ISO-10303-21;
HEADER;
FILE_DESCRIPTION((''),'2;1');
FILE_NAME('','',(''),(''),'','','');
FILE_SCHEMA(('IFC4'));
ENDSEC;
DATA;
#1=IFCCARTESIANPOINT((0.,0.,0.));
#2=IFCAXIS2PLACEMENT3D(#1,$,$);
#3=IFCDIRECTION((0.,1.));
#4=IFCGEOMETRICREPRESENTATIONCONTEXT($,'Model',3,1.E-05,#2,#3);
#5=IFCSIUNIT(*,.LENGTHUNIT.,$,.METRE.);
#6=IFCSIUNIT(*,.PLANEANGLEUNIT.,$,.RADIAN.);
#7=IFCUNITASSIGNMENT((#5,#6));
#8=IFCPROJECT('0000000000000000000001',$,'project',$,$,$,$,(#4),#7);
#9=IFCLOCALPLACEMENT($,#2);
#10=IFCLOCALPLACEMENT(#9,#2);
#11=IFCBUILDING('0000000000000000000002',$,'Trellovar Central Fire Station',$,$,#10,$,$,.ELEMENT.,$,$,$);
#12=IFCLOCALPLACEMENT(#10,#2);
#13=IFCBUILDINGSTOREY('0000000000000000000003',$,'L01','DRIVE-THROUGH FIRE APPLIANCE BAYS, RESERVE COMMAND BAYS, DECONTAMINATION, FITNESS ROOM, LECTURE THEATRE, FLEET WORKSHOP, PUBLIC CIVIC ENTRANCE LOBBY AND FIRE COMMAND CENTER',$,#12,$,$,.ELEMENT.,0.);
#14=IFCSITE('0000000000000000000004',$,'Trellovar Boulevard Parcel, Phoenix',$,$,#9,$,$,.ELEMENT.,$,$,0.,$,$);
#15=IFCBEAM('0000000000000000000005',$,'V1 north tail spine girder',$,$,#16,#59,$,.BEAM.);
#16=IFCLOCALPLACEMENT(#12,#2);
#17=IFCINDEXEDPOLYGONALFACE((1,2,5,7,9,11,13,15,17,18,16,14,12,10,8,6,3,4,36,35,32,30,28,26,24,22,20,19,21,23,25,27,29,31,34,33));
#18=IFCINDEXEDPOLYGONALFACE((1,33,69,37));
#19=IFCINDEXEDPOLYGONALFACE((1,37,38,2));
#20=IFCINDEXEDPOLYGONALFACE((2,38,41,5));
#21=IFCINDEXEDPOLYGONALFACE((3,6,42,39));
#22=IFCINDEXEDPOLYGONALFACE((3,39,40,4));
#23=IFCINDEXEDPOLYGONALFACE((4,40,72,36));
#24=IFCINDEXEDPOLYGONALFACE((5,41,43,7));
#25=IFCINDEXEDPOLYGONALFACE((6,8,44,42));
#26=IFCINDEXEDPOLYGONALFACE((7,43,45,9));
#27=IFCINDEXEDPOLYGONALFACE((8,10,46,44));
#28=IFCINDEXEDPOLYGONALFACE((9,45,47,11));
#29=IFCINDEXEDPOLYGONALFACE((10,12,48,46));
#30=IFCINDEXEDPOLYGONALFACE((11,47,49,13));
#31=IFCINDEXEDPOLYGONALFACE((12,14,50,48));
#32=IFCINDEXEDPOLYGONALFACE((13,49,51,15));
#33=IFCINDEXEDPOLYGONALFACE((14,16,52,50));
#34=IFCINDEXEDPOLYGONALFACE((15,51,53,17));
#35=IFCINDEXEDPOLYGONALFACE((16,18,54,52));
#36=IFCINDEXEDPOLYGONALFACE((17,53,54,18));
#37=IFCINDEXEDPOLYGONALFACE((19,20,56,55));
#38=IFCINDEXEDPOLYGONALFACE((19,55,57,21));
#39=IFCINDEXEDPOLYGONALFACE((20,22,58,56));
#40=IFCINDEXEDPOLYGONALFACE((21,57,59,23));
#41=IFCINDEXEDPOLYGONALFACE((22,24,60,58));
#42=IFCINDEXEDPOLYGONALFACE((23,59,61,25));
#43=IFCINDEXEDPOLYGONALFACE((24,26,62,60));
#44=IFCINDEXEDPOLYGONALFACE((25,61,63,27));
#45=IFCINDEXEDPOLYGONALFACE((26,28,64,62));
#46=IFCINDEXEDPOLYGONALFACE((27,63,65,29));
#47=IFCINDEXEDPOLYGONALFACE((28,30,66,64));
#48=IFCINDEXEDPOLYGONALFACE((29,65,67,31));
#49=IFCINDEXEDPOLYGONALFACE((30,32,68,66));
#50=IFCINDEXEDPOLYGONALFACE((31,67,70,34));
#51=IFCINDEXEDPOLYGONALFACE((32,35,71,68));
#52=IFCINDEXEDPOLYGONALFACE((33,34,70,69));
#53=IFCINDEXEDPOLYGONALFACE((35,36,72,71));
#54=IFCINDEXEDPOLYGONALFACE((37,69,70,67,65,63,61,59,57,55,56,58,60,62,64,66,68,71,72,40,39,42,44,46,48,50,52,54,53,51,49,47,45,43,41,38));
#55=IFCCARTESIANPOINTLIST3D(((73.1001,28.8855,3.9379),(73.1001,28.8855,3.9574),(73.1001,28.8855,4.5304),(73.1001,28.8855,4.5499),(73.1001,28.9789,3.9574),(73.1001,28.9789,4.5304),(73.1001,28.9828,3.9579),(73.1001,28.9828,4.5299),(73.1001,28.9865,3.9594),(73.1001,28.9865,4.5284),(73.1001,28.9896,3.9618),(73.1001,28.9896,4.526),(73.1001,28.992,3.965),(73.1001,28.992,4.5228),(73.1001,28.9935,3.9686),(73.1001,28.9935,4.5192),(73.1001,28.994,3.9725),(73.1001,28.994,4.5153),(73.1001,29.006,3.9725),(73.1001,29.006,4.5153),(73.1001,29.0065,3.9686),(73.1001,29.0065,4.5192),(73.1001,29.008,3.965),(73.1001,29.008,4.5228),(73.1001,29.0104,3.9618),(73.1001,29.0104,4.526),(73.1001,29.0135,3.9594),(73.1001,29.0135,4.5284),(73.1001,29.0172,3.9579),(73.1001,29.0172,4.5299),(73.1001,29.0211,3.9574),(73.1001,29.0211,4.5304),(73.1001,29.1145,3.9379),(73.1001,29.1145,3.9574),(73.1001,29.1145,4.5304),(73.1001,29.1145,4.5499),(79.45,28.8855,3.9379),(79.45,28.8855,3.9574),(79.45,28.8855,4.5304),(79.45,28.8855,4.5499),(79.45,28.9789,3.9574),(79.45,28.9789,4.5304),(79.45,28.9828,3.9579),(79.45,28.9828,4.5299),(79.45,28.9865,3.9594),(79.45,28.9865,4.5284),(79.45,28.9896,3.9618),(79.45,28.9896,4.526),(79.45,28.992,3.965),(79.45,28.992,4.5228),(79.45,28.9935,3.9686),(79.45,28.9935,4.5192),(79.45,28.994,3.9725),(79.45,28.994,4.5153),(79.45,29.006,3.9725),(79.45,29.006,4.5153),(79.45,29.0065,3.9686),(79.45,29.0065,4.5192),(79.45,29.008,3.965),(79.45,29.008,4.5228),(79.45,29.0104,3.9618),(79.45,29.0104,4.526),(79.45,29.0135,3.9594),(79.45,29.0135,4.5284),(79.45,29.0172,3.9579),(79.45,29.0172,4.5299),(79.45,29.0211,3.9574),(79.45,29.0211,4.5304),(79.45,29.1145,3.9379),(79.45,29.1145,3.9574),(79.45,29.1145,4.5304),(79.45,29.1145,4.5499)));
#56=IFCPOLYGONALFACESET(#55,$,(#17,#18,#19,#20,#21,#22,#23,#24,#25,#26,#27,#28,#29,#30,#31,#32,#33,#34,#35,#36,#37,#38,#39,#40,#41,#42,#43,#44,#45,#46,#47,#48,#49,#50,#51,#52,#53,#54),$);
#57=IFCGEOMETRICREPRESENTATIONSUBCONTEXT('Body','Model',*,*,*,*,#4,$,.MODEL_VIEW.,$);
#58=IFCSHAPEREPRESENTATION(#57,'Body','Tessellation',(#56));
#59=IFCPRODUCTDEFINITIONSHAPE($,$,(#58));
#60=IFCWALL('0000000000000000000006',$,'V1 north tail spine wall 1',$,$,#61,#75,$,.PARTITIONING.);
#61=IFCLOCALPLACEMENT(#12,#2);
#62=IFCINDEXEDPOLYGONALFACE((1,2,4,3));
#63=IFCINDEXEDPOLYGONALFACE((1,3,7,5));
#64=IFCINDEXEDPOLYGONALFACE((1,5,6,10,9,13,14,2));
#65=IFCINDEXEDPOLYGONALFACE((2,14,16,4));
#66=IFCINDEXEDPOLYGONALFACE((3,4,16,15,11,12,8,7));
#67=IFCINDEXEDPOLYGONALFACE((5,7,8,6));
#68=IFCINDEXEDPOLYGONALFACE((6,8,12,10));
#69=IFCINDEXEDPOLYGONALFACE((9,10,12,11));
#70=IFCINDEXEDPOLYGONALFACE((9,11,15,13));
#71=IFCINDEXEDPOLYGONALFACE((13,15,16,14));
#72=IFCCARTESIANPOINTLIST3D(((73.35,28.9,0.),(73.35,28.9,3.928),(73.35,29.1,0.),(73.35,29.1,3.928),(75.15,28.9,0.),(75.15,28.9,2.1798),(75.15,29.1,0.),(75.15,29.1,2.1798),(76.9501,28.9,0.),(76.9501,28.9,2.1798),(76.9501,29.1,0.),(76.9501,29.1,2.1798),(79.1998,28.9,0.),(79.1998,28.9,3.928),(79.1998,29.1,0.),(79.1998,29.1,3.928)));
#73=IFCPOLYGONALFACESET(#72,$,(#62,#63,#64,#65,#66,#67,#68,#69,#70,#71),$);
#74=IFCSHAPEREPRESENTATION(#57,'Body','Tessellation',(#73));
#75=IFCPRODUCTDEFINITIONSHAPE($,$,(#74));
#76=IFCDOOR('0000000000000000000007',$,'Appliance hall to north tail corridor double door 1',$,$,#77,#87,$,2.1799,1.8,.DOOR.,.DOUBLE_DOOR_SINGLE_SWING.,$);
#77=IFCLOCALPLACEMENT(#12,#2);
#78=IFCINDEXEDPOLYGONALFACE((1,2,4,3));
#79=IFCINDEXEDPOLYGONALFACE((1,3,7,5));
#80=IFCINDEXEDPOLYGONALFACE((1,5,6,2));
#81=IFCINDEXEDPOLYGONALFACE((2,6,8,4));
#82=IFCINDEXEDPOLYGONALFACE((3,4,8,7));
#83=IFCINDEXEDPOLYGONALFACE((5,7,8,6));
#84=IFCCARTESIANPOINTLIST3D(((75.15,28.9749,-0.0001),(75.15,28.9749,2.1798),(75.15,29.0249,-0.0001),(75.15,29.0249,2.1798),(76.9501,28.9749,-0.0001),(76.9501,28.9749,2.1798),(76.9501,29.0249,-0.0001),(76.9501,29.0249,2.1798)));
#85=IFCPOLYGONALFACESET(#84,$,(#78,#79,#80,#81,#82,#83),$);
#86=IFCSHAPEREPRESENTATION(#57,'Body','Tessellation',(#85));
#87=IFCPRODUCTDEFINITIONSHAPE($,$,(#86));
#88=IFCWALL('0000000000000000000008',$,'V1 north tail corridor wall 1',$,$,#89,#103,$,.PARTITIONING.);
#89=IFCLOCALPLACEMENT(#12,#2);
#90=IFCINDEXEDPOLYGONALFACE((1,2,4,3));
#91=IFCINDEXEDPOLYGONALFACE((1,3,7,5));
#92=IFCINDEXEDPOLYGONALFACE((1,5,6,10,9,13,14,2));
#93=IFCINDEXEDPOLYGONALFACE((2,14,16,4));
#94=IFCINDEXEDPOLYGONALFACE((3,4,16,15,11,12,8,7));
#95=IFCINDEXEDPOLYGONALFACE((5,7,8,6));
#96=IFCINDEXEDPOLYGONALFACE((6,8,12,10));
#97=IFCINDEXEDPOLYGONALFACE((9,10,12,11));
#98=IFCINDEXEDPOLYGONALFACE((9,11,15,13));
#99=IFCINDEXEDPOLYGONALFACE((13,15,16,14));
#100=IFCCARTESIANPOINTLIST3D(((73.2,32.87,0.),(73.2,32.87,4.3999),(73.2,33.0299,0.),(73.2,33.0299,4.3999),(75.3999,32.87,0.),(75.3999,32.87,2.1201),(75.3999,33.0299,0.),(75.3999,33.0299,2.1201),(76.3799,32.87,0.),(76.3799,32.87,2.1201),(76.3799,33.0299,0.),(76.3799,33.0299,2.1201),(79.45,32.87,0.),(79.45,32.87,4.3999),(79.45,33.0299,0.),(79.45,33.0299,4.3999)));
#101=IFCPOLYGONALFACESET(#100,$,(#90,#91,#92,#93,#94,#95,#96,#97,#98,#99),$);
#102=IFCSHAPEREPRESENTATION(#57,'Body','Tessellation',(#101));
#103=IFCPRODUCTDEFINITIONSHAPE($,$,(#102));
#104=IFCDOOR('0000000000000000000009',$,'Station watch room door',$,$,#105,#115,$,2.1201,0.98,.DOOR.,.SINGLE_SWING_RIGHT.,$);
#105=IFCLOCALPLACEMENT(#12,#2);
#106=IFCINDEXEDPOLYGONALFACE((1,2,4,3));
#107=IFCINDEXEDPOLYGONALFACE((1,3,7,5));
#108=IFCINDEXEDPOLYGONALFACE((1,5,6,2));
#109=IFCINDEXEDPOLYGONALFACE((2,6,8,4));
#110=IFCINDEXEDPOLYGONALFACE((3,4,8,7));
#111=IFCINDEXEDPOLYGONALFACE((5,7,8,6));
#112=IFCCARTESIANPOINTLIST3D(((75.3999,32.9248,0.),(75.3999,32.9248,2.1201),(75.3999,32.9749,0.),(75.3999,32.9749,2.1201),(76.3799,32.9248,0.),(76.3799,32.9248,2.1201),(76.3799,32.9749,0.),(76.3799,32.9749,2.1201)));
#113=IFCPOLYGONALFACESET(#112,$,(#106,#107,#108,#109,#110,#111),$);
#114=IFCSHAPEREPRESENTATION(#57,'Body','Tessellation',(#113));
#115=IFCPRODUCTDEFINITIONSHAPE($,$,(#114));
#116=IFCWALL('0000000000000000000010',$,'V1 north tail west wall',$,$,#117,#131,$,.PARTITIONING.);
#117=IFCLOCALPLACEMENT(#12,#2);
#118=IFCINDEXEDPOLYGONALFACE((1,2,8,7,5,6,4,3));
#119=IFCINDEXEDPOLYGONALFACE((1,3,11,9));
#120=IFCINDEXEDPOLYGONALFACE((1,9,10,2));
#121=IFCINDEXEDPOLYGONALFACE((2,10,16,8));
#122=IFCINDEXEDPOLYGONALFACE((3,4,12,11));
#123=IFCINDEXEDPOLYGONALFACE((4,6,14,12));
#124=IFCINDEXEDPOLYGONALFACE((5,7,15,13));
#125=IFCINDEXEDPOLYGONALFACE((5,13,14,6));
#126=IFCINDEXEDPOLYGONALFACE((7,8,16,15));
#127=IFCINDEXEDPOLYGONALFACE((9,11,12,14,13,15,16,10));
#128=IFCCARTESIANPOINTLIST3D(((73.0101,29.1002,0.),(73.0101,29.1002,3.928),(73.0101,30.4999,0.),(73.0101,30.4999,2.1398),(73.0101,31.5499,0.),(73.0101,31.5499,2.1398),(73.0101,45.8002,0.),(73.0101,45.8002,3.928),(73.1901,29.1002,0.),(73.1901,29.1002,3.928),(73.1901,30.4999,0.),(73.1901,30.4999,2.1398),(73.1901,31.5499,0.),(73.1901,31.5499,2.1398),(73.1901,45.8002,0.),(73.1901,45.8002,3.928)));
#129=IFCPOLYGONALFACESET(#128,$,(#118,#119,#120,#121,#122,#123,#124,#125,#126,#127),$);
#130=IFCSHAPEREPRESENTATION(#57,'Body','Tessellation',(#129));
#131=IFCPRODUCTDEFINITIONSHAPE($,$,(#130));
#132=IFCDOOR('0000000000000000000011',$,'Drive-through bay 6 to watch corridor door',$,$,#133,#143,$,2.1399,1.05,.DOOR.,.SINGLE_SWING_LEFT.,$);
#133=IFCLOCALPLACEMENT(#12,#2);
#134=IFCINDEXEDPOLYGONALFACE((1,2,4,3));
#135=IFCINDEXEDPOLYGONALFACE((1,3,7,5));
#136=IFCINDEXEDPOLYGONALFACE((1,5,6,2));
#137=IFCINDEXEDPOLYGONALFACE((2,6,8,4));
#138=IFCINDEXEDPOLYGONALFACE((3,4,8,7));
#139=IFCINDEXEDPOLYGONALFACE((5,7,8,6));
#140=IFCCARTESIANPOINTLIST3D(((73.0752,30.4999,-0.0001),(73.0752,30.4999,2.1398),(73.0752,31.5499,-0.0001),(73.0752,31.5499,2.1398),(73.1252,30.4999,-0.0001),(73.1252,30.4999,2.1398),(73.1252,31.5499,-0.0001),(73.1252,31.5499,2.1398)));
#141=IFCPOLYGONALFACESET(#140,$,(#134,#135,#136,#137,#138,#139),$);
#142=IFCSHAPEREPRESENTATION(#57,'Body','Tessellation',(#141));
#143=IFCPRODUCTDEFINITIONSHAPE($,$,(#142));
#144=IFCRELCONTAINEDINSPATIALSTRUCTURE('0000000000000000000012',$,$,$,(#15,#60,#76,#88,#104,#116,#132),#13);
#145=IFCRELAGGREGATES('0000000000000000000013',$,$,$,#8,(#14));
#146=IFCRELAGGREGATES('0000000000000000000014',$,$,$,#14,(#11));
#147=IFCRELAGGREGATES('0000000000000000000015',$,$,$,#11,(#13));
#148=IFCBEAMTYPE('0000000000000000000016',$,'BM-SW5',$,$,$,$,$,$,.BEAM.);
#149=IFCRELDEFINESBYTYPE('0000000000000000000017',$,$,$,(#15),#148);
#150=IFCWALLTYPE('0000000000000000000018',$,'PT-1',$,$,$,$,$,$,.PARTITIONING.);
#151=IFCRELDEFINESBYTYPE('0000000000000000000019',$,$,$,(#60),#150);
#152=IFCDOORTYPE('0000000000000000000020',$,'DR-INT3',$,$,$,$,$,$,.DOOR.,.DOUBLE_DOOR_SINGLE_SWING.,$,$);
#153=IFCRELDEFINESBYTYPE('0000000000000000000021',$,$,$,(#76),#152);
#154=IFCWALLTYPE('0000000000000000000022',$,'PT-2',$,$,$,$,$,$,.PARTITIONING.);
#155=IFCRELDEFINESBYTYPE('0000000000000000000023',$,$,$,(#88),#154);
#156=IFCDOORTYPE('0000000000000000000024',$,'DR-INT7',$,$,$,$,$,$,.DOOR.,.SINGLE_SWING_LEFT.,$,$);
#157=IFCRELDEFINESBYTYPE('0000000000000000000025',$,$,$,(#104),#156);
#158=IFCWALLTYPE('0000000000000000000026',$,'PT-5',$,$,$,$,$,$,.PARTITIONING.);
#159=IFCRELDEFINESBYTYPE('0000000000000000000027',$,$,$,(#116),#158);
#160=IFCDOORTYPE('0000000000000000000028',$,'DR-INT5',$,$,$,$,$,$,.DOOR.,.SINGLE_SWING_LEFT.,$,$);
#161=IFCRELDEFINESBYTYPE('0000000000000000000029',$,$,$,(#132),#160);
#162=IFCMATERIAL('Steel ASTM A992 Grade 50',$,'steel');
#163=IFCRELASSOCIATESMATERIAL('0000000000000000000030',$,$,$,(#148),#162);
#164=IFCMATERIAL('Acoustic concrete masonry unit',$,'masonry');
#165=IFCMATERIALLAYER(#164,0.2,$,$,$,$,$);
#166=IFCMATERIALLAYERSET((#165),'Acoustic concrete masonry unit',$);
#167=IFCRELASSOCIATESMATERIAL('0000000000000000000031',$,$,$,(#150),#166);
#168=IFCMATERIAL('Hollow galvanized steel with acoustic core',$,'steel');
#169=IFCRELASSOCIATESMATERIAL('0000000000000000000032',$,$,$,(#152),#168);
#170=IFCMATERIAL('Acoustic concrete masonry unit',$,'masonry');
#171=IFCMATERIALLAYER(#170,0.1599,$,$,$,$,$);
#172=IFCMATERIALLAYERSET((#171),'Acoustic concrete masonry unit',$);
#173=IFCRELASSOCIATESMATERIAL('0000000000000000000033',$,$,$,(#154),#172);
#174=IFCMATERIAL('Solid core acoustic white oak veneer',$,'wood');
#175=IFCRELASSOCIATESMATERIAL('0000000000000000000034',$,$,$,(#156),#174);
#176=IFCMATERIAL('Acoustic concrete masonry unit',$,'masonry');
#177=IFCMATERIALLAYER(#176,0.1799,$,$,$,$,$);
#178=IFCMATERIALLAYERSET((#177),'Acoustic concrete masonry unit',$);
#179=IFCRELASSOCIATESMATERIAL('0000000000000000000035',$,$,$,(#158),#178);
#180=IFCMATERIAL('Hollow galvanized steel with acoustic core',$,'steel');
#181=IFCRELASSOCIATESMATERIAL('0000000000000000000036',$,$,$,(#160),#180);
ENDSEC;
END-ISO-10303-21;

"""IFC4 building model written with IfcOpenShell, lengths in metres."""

from ifc_helpers import new_model, si_unit, direction, frame, frame_2d, origin, origin_2d, place, context, subcontext, project, spatial, rectangle, i_section, extrude, material, layer, layer_set, material_profile, profile_set, type_object, element, fill, save


model = new_model("IFC4")

# Units and contexts
model_context = context("Model", 3, precision=1e-05, world=origin(), true_north=direction((0.0, 1.0)))
body_context = subcontext(model_context, "Body", "Model", "MODEL_VIEW")
ifc_project = project(units=[si_unit("LENGTHUNIT", "METRE"), si_unit("PLANEANGLEUNIT", "RADIAN")], contexts=[model_context])

# Site, building, storey
site_placement = place(None, origin())
site = spatial("IfcSite", under=ifc_project, at=site_placement, Name="Trellovar Boulevard Parcel, Phoenix", CompositionType="ELEMENT", RefElevation=0.0)
building_placement = place(site_placement, origin())
building = spatial("IfcBuilding", under=site, at=building_placement, Name="Trellovar Central Fire Station", CompositionType="ELEMENT")
storey_placement = place(building_placement, origin())
storey = spatial("IfcBuildingStorey", under=building, at=storey_placement, Name="L01", Description="DRIVE-THROUGH FIRE APPLIANCE BAYS, RESERVE COMMAND BAYS, DECONTAMINATION, FITNESS ROOM, LECTURE THEATRE, FLEET WORKSHOP, PUBLIC CIVIC ENTRANCE LOBBY AND FIRE COMMAND CENTER", CompositionType="ELEMENT", Elevation=0.0)

# Beam
ifc_material_1 = material(Name="Steel ASTM A992 Grade 50", Category="steel")
ifc_material_profile_1 = material_profile(ifc_material_1, i_section(OverallWidth=0.229, OverallDepth=0.6121, WebThickness=0.012, FlangeThickness=0.0195, FilletRadius=0.0151, at=origin_2d()), Name="W24X84")
ifc_profile_set_1 = profile_set([ifc_material_profile_1], Name="Steel ASTM A992 Grade 50")
beam_type = type_object("IfcBeamType", Name="BM-SW5", PredefinedType="BEAM", material=ifc_profile_set_1)
beam_1_placement = place(storey_placement, frame((73.1001, 29.0, 4.2439), z_axis=(1.0, 0.0, 0.0), x_axis=(0.0, 1.0, 0.0)))
element("IfcBeam", 1, at=beam_1_placement, inside=storey, type_object=beam_type, Name="V1 north tail spine girder", PredefinedType="BEAM", context=body_context, shape_type="SweptSolid", body=[
    extrude(i_section(OverallWidth=0.229, OverallDepth=0.6121, WebThickness=0.012, FlangeThickness=0.0195, FilletRadius=0.0151, at=origin_2d()), origin(), (0.0, 0.0, 1.0), 6.3499),
])

# Walls, openings, doors
ifc_material_2 = material(Name="Acoustic concrete masonry unit", Category="masonry")
ifc_layer_1 = layer(ifc_material_2, 0.2)
ifc_layer_set_1 = layer_set([ifc_layer_1], Name="Acoustic concrete masonry unit")
wall_type_1 = type_object("IfcWallType", Name="PT-1", PredefinedType="PARTITIONING", material=ifc_layer_set_1)
wall_1_placement = place(storey_placement, frame((73.3501, 29.0, 0.0), z_axis=(0.0, 0.0, 1.0), x_axis=(1.0, 0.0, 0.0)))
wall_1 = element("IfcWall", 2, at=wall_1_placement, inside=storey, type_object=wall_type_1, Name="V1 north tail spine wall 1", PredefinedType="PARTITIONING", context=body_context, shape_type="SweptSolid", body=[
    extrude(rectangle(XDim=5.8499, YDim=0.2, at=frame_2d((2.9248, 0.0))), origin(), (0.0, 0.0, 1.0), 3.928),
])
opening_1_placement = place(wall_1_placement, frame((1.8, 0.0, 0.0)))
opening_1 = element("IfcOpeningElement", 3, at=opening_1_placement, cuts=wall_1, PredefinedType="OPENING", context=body_context, shape_type="SweptSolid", body=[
    extrude(rectangle(XDim=1.8, YDim=2.1799, at=frame_2d((0.8999, 1.0898))), frame((0.0, 0.1099, 0.0), z_axis=(0.0, -1.0, 0.0), x_axis=(1.0, 0.0, 0.0)), (0.0, 0.0, 1.0), 0.22),
])
ifc_material_3 = material(Name="Hollow galvanized steel with acoustic core", Category="steel")
door_type_1 = type_object("IfcDoorType", Name="DR-INT3", OperationType="DOUBLE_DOOR_SINGLE_SWING", PredefinedType="DOOR", material=ifc_material_3)
door_1_placement = place(opening_1_placement, origin())
door_1 = element("IfcDoor", 4, at=door_1_placement, inside=storey, type_object=door_type_1, Name="Appliance hall to north tail corridor double door 1", OperationType="DOUBLE_DOOR_SINGLE_SWING", OverallHeight=2.1799, OverallWidth=1.8, PredefinedType="DOOR", context=body_context, shape_type="SweptSolid", body=[
    extrude(rectangle(XDim=1.8, YDim=2.1799, at=frame_2d((0.8999, 1.0898))), frame((0.0, 0.0249, 0.0), z_axis=(0.0, -1.0, 0.0), x_axis=(1.0, 0.0, 0.0)), (0.0, 0.0, 1.0), 0.05),
])
fill(opening_1, door_1)
ifc_material_4 = material(Name="Acoustic concrete masonry unit", Category="masonry")
ifc_layer_2 = layer(ifc_material_4, 0.1599)
ifc_layer_set_2 = layer_set([ifc_layer_2], Name="Acoustic concrete masonry unit")
wall_type_2 = type_object("IfcWallType", Name="PT-2", PredefinedType="PARTITIONING", material=ifc_layer_set_2)
wall_2_placement = place(storey_placement, frame((73.2, 32.95, 0.0), z_axis=(0.0, 0.0, 1.0), x_axis=(1.0, 0.0, 0.0)))
wall_2 = element("IfcWall", 5, at=wall_2_placement, inside=storey, type_object=wall_type_2, Name="V1 north tail corridor wall 1", PredefinedType="PARTITIONING", context=body_context, shape_type="SweptSolid", body=[
    extrude(rectangle(XDim=6.25, YDim=0.1599, at=frame_2d((3.125, 0.0))), origin(), (0.0, 0.0, 1.0), 4.3999),
])
opening_2_placement = place(wall_2_placement, frame((2.2, 0.0, 0.0)))
opening_2 = element("IfcOpeningElement", 6, at=opening_2_placement, cuts=wall_2, PredefinedType="OPENING", context=body_context, shape_type="SweptSolid", body=[
    extrude(rectangle(XDim=0.98, YDim=2.1201, at=frame_2d((0.49, 1.0601))), frame((0.0, 0.0898, 0.0), z_axis=(0.0, -1.0, 0.0), x_axis=(1.0, 0.0, 0.0)), (0.0, 0.0, 1.0), 0.1799),
])
ifc_material_5 = material(Name="Solid core acoustic white oak veneer", Category="wood")
door_type_2 = type_object("IfcDoorType", Name="DR-INT7", OperationType="SINGLE_SWING_LEFT", PredefinedType="DOOR", material=ifc_material_5)
door_2_placement = place(opening_2_placement, origin())
door_2 = element("IfcDoor", 7, at=door_2_placement, inside=storey, type_object=door_type_2, Name="Station watch room door", OperationType="SINGLE_SWING_RIGHT", OverallHeight=2.1201, OverallWidth=0.98, PredefinedType="DOOR", context=body_context, shape_type="SweptSolid", body=[
    extrude(rectangle(XDim=0.98, YDim=2.1201, at=frame_2d((0.49, 1.0601))), frame((0.0, 0.0249, 0.0), z_axis=(0.0, -1.0, 0.0), x_axis=(1.0, 0.0, 0.0)), (0.0, 0.0, 1.0), 0.05),
])
fill(opening_2, door_2)
ifc_material_6 = material(Name="Acoustic concrete masonry unit", Category="masonry")
ifc_layer_3 = layer(ifc_material_6, 0.1799)
ifc_layer_set_3 = layer_set([ifc_layer_3], Name="Acoustic concrete masonry unit")
wall_type_3 = type_object("IfcWallType", Name="PT-5", PredefinedType="PARTITIONING", material=ifc_layer_set_3)
wall_3_placement = place(storey_placement, frame((73.1001, 29.1001, 0.0), z_axis=(0.0, 0.0, 1.0), x_axis=(0.0, 1.0, 0.0)))
wall_3 = element("IfcWall", 8, at=wall_3_placement, inside=storey, type_object=wall_type_3, Name="V1 north tail west wall", PredefinedType="PARTITIONING", context=body_context, shape_type="SweptSolid", body=[
    extrude(rectangle(XDim=16.7, YDim=0.1799, at=frame_2d((8.3501, 0.0))), origin(), (0.0, 0.0, 1.0), 3.928),
])
opening_3_placement = place(wall_3_placement, frame((1.3999, 0.0, 0.0)))
opening_3 = element("IfcOpeningElement", 9, at=opening_3_placement, cuts=wall_3, PredefinedType="OPENING", context=body_context, shape_type="SweptSolid", body=[
    extrude(rectangle(XDim=1.05, YDim=2.1399, at=frame_2d((0.5249, 1.0698))), frame((0.0, 0.0999, 0.0), z_axis=(0.0, -1.0, 0.0), x_axis=(1.0, 0.0, 0.0)), (0.0, 0.0, 1.0), 0.2),
])
ifc_material_7 = material(Name="Hollow galvanized steel with acoustic core", Category="steel")
door_type_3 = type_object("IfcDoorType", Name="DR-INT5", OperationType="SINGLE_SWING_LEFT", PredefinedType="DOOR", material=ifc_material_7)
door_3_placement = place(opening_3_placement, origin())
door_3 = element("IfcDoor", 10, at=door_3_placement, inside=storey, type_object=door_type_3, Name="Drive-through bay 6 to watch corridor door", OperationType="SINGLE_SWING_LEFT", OverallHeight=2.1399, OverallWidth=1.05, PredefinedType="DOOR", context=body_context, shape_type="SweptSolid", body=[
    extrude(rectangle(XDim=1.05, YDim=2.1399, at=frame_2d((0.5249, 1.0698))), frame((0.0, 0.0249, 0.0), z_axis=(0.0, -1.0, 0.0), x_axis=(1.0, 0.0, 0.0)), (0.0, 0.0, 1.0), 0.05),
])
fill(opening_3, door_3)

save(model, "model.ifc")
